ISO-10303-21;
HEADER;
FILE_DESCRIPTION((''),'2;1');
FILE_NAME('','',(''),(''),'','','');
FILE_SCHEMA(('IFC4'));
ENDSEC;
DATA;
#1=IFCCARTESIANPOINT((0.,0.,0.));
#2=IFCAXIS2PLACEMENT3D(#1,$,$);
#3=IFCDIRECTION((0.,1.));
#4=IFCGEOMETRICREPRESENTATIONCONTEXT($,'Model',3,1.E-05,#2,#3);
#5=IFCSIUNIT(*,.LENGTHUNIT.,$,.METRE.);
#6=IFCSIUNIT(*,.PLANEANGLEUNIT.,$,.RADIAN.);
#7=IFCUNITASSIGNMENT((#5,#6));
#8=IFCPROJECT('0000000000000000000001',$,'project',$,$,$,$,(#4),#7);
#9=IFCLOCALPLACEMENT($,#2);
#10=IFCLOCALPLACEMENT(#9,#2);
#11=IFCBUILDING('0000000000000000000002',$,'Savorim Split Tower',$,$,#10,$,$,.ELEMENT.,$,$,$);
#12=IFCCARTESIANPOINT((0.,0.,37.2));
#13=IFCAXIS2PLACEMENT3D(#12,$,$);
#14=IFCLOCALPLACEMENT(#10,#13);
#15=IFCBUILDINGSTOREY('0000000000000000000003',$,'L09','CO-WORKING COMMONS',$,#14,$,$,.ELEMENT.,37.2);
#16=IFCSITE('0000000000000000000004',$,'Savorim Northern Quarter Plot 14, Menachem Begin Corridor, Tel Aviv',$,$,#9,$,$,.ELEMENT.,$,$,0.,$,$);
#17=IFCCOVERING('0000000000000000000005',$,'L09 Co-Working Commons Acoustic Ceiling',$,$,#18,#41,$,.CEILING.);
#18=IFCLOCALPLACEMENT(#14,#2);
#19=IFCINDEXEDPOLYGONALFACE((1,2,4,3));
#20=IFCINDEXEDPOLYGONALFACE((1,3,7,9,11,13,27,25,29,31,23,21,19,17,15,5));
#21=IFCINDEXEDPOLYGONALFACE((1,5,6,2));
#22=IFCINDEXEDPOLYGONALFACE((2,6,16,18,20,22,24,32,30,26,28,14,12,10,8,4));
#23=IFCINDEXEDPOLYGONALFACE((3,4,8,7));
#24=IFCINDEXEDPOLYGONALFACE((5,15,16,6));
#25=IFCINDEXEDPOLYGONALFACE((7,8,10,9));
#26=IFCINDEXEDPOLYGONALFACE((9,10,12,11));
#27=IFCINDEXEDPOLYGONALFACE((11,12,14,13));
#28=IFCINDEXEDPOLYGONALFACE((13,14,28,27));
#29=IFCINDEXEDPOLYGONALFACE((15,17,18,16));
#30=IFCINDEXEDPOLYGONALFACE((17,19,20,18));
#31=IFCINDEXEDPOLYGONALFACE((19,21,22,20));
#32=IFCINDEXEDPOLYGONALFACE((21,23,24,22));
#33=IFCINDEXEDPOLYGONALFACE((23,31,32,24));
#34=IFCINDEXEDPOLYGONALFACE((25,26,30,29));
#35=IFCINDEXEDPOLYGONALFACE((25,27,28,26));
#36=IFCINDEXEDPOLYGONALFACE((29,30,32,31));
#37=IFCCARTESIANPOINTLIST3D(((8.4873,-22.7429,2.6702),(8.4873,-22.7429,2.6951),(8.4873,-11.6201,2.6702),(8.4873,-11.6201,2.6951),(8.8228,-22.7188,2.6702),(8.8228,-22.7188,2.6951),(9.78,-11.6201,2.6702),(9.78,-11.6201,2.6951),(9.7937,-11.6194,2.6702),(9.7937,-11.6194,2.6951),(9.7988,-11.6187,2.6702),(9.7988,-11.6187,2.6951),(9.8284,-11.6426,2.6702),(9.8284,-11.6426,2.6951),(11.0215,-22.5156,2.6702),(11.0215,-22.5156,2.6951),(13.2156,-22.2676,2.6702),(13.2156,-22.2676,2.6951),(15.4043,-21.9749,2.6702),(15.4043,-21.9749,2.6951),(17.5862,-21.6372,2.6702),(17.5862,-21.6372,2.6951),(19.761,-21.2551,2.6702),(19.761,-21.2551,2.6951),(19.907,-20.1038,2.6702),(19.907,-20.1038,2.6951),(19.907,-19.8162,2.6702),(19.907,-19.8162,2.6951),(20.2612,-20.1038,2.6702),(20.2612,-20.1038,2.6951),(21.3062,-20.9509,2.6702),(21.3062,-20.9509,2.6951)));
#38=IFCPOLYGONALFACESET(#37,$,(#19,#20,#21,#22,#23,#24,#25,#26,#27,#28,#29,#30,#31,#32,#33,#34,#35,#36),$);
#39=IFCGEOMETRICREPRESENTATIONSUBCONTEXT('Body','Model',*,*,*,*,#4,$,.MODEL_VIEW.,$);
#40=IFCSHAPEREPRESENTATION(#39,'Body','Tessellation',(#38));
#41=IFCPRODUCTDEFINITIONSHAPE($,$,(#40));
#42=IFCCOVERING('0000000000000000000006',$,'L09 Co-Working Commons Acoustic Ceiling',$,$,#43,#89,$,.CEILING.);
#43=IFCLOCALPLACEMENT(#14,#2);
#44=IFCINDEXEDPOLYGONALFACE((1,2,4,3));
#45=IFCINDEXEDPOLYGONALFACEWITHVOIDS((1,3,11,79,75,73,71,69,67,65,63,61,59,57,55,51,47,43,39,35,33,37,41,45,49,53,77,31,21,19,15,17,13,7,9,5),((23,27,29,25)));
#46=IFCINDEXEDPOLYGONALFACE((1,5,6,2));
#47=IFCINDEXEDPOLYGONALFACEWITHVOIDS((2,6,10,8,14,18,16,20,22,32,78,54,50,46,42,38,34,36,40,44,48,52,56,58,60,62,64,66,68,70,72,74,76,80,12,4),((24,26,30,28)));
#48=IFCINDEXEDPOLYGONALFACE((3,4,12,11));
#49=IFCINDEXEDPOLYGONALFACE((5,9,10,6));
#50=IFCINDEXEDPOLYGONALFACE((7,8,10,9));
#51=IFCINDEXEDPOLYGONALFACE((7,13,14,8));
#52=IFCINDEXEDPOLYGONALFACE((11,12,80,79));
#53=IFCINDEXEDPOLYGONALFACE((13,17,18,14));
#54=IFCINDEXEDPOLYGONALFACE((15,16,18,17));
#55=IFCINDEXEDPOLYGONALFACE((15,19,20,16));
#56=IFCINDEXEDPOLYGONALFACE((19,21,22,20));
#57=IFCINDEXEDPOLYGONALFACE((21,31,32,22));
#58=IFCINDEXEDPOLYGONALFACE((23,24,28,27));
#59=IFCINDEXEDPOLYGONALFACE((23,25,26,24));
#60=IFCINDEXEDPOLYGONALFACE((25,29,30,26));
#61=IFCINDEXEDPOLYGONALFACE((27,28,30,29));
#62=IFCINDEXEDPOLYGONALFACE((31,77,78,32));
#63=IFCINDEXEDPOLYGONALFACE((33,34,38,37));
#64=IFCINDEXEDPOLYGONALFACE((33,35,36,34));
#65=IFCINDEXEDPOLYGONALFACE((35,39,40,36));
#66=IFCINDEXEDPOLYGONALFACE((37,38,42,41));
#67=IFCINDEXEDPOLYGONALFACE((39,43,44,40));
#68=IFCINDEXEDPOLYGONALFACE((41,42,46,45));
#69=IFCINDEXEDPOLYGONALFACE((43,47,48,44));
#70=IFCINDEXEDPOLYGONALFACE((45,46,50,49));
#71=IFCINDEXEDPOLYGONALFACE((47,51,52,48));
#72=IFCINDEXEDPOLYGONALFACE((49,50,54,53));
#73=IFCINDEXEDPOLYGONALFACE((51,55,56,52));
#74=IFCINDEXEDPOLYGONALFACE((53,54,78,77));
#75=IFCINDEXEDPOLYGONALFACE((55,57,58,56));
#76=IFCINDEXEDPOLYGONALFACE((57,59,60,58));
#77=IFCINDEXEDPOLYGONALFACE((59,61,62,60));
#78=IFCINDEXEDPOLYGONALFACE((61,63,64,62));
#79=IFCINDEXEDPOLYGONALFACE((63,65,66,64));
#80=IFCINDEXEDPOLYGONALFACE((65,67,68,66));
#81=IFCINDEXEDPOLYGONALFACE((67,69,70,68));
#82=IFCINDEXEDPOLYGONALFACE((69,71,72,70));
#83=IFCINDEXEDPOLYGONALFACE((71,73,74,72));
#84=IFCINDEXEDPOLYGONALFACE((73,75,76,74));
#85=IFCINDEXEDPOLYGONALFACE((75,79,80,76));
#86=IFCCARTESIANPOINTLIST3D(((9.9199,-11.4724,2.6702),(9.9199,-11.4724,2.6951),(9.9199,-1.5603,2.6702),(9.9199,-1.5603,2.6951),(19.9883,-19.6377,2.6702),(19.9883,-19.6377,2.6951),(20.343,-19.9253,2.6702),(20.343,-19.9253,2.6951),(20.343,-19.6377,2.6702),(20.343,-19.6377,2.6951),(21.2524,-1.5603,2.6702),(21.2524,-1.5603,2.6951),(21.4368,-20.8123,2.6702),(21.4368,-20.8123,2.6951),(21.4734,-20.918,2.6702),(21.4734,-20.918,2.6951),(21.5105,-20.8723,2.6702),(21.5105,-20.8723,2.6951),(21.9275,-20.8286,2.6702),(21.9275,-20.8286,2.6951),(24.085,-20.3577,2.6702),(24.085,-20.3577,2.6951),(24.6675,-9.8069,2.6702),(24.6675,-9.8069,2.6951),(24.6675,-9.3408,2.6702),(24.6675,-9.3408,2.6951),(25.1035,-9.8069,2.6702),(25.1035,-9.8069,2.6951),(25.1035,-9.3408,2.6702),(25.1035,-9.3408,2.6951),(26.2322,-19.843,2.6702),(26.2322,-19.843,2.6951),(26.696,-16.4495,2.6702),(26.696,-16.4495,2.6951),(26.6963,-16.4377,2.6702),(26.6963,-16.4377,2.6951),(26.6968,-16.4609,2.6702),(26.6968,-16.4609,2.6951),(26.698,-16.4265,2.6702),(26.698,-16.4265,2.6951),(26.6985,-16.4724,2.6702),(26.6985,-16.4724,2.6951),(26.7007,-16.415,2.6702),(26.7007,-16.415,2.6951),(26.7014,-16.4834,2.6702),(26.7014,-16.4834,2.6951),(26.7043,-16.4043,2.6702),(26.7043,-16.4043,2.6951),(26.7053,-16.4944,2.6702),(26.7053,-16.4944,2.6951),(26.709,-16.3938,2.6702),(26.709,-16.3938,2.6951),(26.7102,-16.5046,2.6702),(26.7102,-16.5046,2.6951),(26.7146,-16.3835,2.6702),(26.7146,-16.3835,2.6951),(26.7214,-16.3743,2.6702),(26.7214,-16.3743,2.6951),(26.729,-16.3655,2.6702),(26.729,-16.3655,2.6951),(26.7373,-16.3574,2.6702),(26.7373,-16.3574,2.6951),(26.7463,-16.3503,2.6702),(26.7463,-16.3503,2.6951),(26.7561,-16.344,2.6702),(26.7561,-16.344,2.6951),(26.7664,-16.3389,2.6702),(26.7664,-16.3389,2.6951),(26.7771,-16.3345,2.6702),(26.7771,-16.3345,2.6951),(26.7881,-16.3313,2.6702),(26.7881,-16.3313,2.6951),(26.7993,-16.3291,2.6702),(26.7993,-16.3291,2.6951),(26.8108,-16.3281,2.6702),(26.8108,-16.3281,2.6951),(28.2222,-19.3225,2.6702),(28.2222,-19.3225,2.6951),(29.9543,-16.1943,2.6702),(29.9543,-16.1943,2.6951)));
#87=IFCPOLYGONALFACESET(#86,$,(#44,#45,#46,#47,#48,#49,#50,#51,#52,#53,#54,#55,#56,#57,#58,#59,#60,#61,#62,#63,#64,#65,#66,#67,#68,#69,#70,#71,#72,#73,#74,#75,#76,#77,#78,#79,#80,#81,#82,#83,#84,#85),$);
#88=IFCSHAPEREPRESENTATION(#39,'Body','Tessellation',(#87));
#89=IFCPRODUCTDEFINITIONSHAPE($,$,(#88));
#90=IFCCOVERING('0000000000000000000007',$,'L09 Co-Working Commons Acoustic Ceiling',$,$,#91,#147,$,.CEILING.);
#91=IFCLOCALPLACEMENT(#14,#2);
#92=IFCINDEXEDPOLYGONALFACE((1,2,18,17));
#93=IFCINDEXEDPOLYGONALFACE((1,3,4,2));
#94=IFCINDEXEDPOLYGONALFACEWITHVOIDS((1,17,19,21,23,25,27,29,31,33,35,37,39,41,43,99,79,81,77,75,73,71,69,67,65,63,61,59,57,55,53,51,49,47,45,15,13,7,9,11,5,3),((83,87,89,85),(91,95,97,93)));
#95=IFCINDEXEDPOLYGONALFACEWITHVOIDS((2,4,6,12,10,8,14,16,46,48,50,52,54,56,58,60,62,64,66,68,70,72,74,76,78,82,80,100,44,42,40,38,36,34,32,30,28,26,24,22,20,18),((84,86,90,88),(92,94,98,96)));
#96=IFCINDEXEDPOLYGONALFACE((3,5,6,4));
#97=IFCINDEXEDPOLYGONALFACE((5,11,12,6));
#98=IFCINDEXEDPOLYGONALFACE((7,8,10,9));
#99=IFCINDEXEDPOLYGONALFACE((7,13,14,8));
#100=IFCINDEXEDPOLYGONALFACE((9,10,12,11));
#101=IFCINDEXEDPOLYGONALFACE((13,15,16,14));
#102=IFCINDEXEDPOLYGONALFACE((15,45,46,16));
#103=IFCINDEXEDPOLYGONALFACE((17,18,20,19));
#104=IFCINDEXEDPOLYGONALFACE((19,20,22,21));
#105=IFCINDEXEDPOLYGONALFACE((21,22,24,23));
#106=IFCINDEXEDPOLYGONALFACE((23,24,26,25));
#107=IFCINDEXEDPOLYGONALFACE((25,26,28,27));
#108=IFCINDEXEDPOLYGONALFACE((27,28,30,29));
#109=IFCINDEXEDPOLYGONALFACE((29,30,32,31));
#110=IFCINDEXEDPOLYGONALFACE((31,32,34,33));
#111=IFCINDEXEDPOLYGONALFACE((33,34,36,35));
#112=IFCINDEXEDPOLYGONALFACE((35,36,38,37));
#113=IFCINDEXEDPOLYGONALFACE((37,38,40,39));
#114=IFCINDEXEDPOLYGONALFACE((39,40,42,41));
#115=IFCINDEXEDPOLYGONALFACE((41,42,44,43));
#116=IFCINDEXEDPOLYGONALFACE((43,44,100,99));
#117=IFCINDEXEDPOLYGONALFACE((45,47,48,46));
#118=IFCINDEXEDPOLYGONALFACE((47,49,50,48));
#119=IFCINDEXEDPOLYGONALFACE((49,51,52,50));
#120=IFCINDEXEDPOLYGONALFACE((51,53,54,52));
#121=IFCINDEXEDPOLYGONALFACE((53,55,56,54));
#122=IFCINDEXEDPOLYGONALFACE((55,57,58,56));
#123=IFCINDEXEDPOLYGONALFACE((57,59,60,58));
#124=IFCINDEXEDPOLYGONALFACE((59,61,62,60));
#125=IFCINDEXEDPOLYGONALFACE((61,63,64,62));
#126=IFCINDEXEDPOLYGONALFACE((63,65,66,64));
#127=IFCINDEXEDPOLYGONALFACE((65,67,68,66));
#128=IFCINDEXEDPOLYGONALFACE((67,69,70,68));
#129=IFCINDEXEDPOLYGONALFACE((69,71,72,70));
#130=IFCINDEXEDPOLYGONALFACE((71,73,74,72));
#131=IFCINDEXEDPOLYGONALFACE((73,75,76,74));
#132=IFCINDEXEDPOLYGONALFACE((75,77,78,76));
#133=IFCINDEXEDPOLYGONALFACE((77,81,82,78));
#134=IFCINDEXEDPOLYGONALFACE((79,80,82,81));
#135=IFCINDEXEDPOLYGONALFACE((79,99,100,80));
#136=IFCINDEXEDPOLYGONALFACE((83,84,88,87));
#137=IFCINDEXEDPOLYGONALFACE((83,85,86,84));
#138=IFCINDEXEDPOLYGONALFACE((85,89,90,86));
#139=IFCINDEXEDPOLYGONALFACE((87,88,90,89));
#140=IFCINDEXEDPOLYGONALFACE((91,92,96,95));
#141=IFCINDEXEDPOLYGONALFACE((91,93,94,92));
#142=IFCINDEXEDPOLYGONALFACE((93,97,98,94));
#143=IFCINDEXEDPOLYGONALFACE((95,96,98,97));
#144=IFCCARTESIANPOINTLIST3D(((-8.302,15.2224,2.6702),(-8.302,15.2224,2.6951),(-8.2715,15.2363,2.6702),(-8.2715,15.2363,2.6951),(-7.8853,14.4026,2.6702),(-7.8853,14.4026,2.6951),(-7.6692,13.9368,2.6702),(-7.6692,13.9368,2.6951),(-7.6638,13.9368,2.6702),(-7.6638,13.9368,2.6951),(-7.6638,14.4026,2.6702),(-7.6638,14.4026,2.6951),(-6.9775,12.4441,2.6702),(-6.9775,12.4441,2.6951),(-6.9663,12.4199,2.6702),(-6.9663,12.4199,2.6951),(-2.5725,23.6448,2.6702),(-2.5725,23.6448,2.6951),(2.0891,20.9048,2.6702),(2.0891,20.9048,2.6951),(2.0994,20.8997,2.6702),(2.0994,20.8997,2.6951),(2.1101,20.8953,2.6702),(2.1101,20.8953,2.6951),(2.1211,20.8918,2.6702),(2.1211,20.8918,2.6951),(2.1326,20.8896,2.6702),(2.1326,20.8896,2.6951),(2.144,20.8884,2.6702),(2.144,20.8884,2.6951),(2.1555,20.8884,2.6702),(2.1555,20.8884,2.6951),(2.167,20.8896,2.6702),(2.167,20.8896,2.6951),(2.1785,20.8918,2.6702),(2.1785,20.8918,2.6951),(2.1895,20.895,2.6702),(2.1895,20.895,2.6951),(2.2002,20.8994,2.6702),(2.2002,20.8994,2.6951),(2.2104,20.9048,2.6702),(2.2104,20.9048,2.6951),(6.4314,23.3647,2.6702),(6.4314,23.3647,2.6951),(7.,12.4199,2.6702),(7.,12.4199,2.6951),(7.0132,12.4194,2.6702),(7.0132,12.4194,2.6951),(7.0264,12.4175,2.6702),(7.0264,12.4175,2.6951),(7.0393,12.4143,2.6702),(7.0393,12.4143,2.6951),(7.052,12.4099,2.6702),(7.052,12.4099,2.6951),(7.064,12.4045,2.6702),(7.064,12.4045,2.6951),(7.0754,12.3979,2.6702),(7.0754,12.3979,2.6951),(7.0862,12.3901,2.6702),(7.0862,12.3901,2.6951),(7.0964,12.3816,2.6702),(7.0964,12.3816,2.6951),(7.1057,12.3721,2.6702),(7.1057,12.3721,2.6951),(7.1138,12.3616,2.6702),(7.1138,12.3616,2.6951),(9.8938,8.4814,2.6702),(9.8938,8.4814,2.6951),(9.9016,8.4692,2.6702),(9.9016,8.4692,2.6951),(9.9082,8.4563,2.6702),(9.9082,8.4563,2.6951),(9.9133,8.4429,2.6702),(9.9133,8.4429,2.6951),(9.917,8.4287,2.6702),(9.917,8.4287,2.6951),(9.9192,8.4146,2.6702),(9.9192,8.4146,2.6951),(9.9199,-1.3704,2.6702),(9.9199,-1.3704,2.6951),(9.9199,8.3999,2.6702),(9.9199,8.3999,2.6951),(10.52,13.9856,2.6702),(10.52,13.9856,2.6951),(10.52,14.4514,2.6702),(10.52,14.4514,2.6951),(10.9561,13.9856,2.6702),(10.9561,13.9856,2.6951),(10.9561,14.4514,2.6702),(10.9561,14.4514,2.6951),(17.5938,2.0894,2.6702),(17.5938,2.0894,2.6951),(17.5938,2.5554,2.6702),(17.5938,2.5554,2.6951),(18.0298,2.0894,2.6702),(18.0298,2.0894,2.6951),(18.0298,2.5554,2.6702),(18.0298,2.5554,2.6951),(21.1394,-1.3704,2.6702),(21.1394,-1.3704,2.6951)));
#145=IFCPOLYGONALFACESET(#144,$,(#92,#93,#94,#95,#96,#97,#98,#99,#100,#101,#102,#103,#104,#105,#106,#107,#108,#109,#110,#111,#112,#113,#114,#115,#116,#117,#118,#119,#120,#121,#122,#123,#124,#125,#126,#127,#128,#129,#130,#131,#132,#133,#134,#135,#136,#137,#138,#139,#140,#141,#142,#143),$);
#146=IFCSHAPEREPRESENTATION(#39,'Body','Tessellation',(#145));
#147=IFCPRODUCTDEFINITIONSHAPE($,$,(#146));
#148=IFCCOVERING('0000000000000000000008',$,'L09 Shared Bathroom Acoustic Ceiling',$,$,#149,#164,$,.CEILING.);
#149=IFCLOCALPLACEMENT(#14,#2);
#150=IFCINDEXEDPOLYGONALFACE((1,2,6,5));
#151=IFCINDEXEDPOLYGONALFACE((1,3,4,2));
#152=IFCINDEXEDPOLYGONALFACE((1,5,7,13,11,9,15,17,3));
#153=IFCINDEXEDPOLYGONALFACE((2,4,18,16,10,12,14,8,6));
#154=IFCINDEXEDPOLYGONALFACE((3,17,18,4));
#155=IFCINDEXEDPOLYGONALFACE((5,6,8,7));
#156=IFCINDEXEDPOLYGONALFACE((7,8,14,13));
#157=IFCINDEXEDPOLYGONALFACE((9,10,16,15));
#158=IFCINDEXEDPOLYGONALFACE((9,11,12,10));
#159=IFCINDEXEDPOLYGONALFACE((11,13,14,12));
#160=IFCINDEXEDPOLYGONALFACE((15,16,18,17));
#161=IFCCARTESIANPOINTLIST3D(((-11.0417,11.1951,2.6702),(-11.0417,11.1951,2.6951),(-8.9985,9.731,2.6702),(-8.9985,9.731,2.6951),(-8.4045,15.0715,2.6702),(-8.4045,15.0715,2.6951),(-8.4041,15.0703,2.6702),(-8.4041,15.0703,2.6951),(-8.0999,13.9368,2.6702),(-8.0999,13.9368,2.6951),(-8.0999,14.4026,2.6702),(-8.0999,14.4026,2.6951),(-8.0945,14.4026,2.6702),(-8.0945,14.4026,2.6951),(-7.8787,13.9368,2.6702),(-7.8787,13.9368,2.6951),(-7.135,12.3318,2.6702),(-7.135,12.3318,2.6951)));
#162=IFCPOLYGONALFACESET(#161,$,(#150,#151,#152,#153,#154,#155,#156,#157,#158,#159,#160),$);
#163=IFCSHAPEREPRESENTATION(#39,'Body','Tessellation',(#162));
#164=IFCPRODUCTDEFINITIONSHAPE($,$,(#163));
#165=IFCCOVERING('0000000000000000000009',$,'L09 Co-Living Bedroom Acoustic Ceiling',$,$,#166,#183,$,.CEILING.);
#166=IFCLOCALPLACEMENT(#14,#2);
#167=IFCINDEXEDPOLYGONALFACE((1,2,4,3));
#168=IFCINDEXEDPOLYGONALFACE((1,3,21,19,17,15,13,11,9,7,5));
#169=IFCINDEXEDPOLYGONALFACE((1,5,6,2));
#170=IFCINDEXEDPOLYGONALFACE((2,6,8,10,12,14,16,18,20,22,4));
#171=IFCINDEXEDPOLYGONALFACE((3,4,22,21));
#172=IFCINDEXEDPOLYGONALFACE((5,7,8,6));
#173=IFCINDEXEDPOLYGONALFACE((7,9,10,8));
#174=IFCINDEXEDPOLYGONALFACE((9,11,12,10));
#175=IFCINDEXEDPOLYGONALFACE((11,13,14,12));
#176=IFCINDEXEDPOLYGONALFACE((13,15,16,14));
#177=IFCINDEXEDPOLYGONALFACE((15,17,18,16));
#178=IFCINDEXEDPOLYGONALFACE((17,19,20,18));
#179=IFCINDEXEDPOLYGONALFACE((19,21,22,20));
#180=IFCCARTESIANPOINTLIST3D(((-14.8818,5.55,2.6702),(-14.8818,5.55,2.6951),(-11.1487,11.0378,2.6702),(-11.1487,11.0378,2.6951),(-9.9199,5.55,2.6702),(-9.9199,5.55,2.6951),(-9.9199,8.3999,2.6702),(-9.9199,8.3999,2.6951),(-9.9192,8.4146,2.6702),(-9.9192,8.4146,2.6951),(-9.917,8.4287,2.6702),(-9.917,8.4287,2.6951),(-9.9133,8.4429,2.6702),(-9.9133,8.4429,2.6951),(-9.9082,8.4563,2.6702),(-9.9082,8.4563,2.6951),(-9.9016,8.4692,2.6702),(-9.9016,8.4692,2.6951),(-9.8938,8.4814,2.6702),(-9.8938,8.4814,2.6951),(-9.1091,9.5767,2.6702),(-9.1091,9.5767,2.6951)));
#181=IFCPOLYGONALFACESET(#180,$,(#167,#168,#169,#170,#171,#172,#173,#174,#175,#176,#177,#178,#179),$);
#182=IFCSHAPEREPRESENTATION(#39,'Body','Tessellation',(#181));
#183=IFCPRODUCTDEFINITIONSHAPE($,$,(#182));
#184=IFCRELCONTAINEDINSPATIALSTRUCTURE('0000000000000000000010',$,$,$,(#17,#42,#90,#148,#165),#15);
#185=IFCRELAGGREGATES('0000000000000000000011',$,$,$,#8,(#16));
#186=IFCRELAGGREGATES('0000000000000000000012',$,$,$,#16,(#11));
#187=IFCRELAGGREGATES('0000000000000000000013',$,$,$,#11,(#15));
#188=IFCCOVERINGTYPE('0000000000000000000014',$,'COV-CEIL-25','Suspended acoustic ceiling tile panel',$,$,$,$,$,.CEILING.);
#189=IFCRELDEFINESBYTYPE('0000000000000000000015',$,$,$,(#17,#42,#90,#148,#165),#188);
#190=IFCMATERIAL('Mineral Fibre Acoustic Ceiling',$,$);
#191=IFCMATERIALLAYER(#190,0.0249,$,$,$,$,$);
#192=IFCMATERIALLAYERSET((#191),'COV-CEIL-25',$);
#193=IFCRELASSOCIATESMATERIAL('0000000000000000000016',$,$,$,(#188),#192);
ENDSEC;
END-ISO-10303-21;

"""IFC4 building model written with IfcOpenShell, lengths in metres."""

from ifc_helpers import new_model, si_unit, direction, frame, origin, place, context, subcontext, project, spatial, polyline, outline, extrude, material, layer, layer_set, type_object, element, save


model = new_model("IFC4")

# Units and contexts
model_context = context("Model", 3, precision=1e-05, world=origin(), true_north=direction((0.0, 1.0)))
body_context = subcontext(model_context, "Body", "Model", "MODEL_VIEW")
ifc_project = project(units=[si_unit("LENGTHUNIT", "METRE"), si_unit("PLANEANGLEUNIT", "RADIAN")], contexts=[model_context])

# Site, building, storey
site_placement = place(None, origin())
site = spatial("IfcSite", under=ifc_project, at=site_placement, Name="Savorim Northern Quarter Plot 14, Menachem Begin Corridor, Tel Aviv", CompositionType="ELEMENT", RefElevation=0.0)
building_placement = place(site_placement, origin())
building = spatial("IfcBuilding", under=site, at=building_placement, Name="Savorim Split Tower", CompositionType="ELEMENT")
storey_placement = place(building_placement, frame((0.0, 0.0, 37.2)))
storey = spatial("IfcBuildingStorey", under=building, at=storey_placement, Name="L09", Description="CO-WORKING COMMONS", CompositionType="ELEMENT", Elevation=37.2)

# Coverings
ifc_material_1 = material(Name="Mineral Fibre Acoustic Ceiling")
ifc_layer_1 = layer(ifc_material_1, 0.0249)
ifc_layer_set_1 = layer_set([ifc_layer_1], Name="COV-CEIL-25")
covering_type_1 = type_object("IfcCoveringType", Name="COV-CEIL-25", Description="Suspended acoustic ceiling tile panel", PredefinedType="CEILING", material=ifc_layer_set_1)
covering_1_placement = place(storey_placement, frame((0.0, 0.0, 2.6702)))
element("IfcCovering", 1, at=covering_1_placement, inside=storey, type_object=covering_type_1, Name="L09 Co-Working Commons Acoustic Ceiling", PredefinedType="CEILING", context=body_context, shape_type="SweptSolid", body=[
    extrude(outline(polyline([(13.2156, -22.2676), (15.4043, -21.9749), (17.5862, -21.6372), (19.761, -21.2551), (21.3062, -20.9509), (20.2612, -20.1038), (19.907, -20.1038), (19.907, -19.8162), (9.8284, -11.6426), (9.7988, -11.6187), (9.7937, -11.6194), (9.78, -11.6201), (8.4873, -11.6201), (8.4873, -22.7429), (8.8228, -22.7188), (11.0215, -22.5156), (13.2156, -22.2676)])), origin(), (0.0, 0.0, 1.0), 0.0249),
])
covering_2_placement = place(storey_placement, frame((0.0, 0.0, 2.6702)))
element("IfcCovering", 2, at=covering_2_placement, inside=storey, type_object=covering_type_1, Name="L09 Co-Working Commons Acoustic Ceiling", PredefinedType="CEILING", context=body_context, shape_type="SweptSolid", body=[
    extrude(outline(polyline([(26.7993, -16.3291), (26.8108, -16.3281), (29.9543, -16.1943), (21.2524, -1.5603), (9.9199, -1.5603), (9.9199, -11.4724), (19.9883, -19.6377), (20.343, -19.6377), (20.343, -19.9253), (21.4368, -20.8123), (21.5105, -20.8723), (21.4734, -20.918), (21.9275, -20.8286), (24.085, -20.3577), (26.2322, -19.843), (28.2222, -19.3225), (26.7102, -16.5046), (26.7053, -16.4944), (26.7014, -16.4834), (26.6985, -16.4724), (26.6968, -16.4609), (26.696, -16.4495), (26.6963, -16.4377), (26.698, -16.4265), (26.7007, -16.415), (26.7043, -16.4043), (26.709, -16.3938), (26.7146, -16.3835), (26.7214, -16.3743), (26.729, -16.3655), (26.7373, -16.3574), (26.7463, -16.3503), (26.7561, -16.344), (26.7664, -16.3389), (26.7771, -16.3345), (26.7881, -16.3313), (26.7993, -16.3291)]), holes=[polyline([(25.1035, -9.8069), (25.1035, -9.3408), (24.6675, -9.3408), (24.6675, -9.8069), (25.1035, -9.8069)])]), origin(), (0.0, 0.0, 1.0), 0.0249),
])
covering_3_placement = place(storey_placement, frame((0.0, 0.0, 2.6702)))
element("IfcCovering", 3, at=covering_3_placement, inside=storey, type_object=covering_type_1, Name="L09 Co-Working Commons Acoustic Ceiling", PredefinedType="CEILING", context=body_context, shape_type="SweptSolid", body=[
    extrude(outline(polyline([(2.1101, 20.8953), (2.0994, 20.8997), (2.0891, 20.9048), (-2.5725, 23.6448), (-8.302, 15.2224), (-8.2715, 15.2363), (-7.8853, 14.4026), (-7.6638, 14.4026), (-7.6638, 13.9368), (-7.6692, 13.9368), (-6.9775, 12.4441), (-6.9663, 12.4199), (7.0, 12.4199), (7.0132, 12.4194), (7.0264, 12.4175), (7.0393, 12.4143), (7.052, 12.4099), (7.064, 12.4045), (7.0754, 12.3979), (7.0862, 12.3901), (7.0964, 12.3816), (7.1057, 12.3721), (7.1138, 12.3616), (9.8938, 8.4814), (9.9016, 8.4692), (9.9082, 8.4563), (9.9133, 8.4429), (9.917, 8.4287), (9.9192, 8.4146), (9.9199, 8.3999), (9.9199, -1.3704), (21.1394, -1.3704), (6.4314, 23.3647), (2.2104, 20.9048), (2.2002, 20.8994), (2.1895, 20.895), (2.1785, 20.8918), (2.167, 20.8896), (2.1555, 20.8884), (2.144, 20.8884), (2.1326, 20.8896), (2.1211, 20.8918), (2.1101, 20.8953)]), holes=[polyline([(18.0298, 2.0894), (18.0298, 2.5554), (17.5938, 2.5554), (17.5938, 2.0894), (18.0298, 2.0894)]), polyline([(10.9561, 14.4514), (10.52, 14.4514), (10.52, 13.9856), (10.9561, 13.9856), (10.9561, 14.4514)])]), origin(), (0.0, 0.0, 1.0), 0.0249),
])
covering_4_placement = place(storey_placement, frame((0.0, 0.0, 2.6702)))
element("IfcCovering", 4, at=covering_4_placement, inside=storey, type_object=covering_type_1, Name="L09 Shared Bathroom Acoustic Ceiling", PredefinedType="CEILING", context=body_context, shape_type="SweptSolid", body=[
    extrude(outline(polyline([(-8.0999, 14.4026), (-8.0945, 14.4026), (-8.4041, 15.0703), (-8.4045, 15.0715), (-11.0417, 11.1951), (-8.9985, 9.731), (-7.135, 12.3318), (-7.8787, 13.9368), (-8.0999, 13.9368), (-8.0999, 14.4026)])), origin(), (0.0, 0.0, 1.0), 0.0249),
])
covering_5_placement = place(storey_placement, frame((0.0, 0.0, 2.6702)))
element("IfcCovering", 5, at=covering_5_placement, inside=storey, type_object=covering_type_1, Name="L09 Co-Living Bedroom Acoustic Ceiling", PredefinedType="CEILING", context=body_context, shape_type="SweptSolid", body=[
    extrude(outline(polyline([(-9.9082, 8.4563), (-9.9016, 8.4692), (-9.8938, 8.4814), (-9.1091, 9.5767), (-11.1487, 11.0378), (-14.8818, 5.55), (-9.9199, 5.55), (-9.9199, 8.3999), (-9.9192, 8.4146), (-9.917, 8.4287), (-9.9133, 8.4429), (-9.9082, 8.4563)])), origin(), (0.0, 0.0, 1.0), 0.0249),
])

save(model, "model.ifc")
